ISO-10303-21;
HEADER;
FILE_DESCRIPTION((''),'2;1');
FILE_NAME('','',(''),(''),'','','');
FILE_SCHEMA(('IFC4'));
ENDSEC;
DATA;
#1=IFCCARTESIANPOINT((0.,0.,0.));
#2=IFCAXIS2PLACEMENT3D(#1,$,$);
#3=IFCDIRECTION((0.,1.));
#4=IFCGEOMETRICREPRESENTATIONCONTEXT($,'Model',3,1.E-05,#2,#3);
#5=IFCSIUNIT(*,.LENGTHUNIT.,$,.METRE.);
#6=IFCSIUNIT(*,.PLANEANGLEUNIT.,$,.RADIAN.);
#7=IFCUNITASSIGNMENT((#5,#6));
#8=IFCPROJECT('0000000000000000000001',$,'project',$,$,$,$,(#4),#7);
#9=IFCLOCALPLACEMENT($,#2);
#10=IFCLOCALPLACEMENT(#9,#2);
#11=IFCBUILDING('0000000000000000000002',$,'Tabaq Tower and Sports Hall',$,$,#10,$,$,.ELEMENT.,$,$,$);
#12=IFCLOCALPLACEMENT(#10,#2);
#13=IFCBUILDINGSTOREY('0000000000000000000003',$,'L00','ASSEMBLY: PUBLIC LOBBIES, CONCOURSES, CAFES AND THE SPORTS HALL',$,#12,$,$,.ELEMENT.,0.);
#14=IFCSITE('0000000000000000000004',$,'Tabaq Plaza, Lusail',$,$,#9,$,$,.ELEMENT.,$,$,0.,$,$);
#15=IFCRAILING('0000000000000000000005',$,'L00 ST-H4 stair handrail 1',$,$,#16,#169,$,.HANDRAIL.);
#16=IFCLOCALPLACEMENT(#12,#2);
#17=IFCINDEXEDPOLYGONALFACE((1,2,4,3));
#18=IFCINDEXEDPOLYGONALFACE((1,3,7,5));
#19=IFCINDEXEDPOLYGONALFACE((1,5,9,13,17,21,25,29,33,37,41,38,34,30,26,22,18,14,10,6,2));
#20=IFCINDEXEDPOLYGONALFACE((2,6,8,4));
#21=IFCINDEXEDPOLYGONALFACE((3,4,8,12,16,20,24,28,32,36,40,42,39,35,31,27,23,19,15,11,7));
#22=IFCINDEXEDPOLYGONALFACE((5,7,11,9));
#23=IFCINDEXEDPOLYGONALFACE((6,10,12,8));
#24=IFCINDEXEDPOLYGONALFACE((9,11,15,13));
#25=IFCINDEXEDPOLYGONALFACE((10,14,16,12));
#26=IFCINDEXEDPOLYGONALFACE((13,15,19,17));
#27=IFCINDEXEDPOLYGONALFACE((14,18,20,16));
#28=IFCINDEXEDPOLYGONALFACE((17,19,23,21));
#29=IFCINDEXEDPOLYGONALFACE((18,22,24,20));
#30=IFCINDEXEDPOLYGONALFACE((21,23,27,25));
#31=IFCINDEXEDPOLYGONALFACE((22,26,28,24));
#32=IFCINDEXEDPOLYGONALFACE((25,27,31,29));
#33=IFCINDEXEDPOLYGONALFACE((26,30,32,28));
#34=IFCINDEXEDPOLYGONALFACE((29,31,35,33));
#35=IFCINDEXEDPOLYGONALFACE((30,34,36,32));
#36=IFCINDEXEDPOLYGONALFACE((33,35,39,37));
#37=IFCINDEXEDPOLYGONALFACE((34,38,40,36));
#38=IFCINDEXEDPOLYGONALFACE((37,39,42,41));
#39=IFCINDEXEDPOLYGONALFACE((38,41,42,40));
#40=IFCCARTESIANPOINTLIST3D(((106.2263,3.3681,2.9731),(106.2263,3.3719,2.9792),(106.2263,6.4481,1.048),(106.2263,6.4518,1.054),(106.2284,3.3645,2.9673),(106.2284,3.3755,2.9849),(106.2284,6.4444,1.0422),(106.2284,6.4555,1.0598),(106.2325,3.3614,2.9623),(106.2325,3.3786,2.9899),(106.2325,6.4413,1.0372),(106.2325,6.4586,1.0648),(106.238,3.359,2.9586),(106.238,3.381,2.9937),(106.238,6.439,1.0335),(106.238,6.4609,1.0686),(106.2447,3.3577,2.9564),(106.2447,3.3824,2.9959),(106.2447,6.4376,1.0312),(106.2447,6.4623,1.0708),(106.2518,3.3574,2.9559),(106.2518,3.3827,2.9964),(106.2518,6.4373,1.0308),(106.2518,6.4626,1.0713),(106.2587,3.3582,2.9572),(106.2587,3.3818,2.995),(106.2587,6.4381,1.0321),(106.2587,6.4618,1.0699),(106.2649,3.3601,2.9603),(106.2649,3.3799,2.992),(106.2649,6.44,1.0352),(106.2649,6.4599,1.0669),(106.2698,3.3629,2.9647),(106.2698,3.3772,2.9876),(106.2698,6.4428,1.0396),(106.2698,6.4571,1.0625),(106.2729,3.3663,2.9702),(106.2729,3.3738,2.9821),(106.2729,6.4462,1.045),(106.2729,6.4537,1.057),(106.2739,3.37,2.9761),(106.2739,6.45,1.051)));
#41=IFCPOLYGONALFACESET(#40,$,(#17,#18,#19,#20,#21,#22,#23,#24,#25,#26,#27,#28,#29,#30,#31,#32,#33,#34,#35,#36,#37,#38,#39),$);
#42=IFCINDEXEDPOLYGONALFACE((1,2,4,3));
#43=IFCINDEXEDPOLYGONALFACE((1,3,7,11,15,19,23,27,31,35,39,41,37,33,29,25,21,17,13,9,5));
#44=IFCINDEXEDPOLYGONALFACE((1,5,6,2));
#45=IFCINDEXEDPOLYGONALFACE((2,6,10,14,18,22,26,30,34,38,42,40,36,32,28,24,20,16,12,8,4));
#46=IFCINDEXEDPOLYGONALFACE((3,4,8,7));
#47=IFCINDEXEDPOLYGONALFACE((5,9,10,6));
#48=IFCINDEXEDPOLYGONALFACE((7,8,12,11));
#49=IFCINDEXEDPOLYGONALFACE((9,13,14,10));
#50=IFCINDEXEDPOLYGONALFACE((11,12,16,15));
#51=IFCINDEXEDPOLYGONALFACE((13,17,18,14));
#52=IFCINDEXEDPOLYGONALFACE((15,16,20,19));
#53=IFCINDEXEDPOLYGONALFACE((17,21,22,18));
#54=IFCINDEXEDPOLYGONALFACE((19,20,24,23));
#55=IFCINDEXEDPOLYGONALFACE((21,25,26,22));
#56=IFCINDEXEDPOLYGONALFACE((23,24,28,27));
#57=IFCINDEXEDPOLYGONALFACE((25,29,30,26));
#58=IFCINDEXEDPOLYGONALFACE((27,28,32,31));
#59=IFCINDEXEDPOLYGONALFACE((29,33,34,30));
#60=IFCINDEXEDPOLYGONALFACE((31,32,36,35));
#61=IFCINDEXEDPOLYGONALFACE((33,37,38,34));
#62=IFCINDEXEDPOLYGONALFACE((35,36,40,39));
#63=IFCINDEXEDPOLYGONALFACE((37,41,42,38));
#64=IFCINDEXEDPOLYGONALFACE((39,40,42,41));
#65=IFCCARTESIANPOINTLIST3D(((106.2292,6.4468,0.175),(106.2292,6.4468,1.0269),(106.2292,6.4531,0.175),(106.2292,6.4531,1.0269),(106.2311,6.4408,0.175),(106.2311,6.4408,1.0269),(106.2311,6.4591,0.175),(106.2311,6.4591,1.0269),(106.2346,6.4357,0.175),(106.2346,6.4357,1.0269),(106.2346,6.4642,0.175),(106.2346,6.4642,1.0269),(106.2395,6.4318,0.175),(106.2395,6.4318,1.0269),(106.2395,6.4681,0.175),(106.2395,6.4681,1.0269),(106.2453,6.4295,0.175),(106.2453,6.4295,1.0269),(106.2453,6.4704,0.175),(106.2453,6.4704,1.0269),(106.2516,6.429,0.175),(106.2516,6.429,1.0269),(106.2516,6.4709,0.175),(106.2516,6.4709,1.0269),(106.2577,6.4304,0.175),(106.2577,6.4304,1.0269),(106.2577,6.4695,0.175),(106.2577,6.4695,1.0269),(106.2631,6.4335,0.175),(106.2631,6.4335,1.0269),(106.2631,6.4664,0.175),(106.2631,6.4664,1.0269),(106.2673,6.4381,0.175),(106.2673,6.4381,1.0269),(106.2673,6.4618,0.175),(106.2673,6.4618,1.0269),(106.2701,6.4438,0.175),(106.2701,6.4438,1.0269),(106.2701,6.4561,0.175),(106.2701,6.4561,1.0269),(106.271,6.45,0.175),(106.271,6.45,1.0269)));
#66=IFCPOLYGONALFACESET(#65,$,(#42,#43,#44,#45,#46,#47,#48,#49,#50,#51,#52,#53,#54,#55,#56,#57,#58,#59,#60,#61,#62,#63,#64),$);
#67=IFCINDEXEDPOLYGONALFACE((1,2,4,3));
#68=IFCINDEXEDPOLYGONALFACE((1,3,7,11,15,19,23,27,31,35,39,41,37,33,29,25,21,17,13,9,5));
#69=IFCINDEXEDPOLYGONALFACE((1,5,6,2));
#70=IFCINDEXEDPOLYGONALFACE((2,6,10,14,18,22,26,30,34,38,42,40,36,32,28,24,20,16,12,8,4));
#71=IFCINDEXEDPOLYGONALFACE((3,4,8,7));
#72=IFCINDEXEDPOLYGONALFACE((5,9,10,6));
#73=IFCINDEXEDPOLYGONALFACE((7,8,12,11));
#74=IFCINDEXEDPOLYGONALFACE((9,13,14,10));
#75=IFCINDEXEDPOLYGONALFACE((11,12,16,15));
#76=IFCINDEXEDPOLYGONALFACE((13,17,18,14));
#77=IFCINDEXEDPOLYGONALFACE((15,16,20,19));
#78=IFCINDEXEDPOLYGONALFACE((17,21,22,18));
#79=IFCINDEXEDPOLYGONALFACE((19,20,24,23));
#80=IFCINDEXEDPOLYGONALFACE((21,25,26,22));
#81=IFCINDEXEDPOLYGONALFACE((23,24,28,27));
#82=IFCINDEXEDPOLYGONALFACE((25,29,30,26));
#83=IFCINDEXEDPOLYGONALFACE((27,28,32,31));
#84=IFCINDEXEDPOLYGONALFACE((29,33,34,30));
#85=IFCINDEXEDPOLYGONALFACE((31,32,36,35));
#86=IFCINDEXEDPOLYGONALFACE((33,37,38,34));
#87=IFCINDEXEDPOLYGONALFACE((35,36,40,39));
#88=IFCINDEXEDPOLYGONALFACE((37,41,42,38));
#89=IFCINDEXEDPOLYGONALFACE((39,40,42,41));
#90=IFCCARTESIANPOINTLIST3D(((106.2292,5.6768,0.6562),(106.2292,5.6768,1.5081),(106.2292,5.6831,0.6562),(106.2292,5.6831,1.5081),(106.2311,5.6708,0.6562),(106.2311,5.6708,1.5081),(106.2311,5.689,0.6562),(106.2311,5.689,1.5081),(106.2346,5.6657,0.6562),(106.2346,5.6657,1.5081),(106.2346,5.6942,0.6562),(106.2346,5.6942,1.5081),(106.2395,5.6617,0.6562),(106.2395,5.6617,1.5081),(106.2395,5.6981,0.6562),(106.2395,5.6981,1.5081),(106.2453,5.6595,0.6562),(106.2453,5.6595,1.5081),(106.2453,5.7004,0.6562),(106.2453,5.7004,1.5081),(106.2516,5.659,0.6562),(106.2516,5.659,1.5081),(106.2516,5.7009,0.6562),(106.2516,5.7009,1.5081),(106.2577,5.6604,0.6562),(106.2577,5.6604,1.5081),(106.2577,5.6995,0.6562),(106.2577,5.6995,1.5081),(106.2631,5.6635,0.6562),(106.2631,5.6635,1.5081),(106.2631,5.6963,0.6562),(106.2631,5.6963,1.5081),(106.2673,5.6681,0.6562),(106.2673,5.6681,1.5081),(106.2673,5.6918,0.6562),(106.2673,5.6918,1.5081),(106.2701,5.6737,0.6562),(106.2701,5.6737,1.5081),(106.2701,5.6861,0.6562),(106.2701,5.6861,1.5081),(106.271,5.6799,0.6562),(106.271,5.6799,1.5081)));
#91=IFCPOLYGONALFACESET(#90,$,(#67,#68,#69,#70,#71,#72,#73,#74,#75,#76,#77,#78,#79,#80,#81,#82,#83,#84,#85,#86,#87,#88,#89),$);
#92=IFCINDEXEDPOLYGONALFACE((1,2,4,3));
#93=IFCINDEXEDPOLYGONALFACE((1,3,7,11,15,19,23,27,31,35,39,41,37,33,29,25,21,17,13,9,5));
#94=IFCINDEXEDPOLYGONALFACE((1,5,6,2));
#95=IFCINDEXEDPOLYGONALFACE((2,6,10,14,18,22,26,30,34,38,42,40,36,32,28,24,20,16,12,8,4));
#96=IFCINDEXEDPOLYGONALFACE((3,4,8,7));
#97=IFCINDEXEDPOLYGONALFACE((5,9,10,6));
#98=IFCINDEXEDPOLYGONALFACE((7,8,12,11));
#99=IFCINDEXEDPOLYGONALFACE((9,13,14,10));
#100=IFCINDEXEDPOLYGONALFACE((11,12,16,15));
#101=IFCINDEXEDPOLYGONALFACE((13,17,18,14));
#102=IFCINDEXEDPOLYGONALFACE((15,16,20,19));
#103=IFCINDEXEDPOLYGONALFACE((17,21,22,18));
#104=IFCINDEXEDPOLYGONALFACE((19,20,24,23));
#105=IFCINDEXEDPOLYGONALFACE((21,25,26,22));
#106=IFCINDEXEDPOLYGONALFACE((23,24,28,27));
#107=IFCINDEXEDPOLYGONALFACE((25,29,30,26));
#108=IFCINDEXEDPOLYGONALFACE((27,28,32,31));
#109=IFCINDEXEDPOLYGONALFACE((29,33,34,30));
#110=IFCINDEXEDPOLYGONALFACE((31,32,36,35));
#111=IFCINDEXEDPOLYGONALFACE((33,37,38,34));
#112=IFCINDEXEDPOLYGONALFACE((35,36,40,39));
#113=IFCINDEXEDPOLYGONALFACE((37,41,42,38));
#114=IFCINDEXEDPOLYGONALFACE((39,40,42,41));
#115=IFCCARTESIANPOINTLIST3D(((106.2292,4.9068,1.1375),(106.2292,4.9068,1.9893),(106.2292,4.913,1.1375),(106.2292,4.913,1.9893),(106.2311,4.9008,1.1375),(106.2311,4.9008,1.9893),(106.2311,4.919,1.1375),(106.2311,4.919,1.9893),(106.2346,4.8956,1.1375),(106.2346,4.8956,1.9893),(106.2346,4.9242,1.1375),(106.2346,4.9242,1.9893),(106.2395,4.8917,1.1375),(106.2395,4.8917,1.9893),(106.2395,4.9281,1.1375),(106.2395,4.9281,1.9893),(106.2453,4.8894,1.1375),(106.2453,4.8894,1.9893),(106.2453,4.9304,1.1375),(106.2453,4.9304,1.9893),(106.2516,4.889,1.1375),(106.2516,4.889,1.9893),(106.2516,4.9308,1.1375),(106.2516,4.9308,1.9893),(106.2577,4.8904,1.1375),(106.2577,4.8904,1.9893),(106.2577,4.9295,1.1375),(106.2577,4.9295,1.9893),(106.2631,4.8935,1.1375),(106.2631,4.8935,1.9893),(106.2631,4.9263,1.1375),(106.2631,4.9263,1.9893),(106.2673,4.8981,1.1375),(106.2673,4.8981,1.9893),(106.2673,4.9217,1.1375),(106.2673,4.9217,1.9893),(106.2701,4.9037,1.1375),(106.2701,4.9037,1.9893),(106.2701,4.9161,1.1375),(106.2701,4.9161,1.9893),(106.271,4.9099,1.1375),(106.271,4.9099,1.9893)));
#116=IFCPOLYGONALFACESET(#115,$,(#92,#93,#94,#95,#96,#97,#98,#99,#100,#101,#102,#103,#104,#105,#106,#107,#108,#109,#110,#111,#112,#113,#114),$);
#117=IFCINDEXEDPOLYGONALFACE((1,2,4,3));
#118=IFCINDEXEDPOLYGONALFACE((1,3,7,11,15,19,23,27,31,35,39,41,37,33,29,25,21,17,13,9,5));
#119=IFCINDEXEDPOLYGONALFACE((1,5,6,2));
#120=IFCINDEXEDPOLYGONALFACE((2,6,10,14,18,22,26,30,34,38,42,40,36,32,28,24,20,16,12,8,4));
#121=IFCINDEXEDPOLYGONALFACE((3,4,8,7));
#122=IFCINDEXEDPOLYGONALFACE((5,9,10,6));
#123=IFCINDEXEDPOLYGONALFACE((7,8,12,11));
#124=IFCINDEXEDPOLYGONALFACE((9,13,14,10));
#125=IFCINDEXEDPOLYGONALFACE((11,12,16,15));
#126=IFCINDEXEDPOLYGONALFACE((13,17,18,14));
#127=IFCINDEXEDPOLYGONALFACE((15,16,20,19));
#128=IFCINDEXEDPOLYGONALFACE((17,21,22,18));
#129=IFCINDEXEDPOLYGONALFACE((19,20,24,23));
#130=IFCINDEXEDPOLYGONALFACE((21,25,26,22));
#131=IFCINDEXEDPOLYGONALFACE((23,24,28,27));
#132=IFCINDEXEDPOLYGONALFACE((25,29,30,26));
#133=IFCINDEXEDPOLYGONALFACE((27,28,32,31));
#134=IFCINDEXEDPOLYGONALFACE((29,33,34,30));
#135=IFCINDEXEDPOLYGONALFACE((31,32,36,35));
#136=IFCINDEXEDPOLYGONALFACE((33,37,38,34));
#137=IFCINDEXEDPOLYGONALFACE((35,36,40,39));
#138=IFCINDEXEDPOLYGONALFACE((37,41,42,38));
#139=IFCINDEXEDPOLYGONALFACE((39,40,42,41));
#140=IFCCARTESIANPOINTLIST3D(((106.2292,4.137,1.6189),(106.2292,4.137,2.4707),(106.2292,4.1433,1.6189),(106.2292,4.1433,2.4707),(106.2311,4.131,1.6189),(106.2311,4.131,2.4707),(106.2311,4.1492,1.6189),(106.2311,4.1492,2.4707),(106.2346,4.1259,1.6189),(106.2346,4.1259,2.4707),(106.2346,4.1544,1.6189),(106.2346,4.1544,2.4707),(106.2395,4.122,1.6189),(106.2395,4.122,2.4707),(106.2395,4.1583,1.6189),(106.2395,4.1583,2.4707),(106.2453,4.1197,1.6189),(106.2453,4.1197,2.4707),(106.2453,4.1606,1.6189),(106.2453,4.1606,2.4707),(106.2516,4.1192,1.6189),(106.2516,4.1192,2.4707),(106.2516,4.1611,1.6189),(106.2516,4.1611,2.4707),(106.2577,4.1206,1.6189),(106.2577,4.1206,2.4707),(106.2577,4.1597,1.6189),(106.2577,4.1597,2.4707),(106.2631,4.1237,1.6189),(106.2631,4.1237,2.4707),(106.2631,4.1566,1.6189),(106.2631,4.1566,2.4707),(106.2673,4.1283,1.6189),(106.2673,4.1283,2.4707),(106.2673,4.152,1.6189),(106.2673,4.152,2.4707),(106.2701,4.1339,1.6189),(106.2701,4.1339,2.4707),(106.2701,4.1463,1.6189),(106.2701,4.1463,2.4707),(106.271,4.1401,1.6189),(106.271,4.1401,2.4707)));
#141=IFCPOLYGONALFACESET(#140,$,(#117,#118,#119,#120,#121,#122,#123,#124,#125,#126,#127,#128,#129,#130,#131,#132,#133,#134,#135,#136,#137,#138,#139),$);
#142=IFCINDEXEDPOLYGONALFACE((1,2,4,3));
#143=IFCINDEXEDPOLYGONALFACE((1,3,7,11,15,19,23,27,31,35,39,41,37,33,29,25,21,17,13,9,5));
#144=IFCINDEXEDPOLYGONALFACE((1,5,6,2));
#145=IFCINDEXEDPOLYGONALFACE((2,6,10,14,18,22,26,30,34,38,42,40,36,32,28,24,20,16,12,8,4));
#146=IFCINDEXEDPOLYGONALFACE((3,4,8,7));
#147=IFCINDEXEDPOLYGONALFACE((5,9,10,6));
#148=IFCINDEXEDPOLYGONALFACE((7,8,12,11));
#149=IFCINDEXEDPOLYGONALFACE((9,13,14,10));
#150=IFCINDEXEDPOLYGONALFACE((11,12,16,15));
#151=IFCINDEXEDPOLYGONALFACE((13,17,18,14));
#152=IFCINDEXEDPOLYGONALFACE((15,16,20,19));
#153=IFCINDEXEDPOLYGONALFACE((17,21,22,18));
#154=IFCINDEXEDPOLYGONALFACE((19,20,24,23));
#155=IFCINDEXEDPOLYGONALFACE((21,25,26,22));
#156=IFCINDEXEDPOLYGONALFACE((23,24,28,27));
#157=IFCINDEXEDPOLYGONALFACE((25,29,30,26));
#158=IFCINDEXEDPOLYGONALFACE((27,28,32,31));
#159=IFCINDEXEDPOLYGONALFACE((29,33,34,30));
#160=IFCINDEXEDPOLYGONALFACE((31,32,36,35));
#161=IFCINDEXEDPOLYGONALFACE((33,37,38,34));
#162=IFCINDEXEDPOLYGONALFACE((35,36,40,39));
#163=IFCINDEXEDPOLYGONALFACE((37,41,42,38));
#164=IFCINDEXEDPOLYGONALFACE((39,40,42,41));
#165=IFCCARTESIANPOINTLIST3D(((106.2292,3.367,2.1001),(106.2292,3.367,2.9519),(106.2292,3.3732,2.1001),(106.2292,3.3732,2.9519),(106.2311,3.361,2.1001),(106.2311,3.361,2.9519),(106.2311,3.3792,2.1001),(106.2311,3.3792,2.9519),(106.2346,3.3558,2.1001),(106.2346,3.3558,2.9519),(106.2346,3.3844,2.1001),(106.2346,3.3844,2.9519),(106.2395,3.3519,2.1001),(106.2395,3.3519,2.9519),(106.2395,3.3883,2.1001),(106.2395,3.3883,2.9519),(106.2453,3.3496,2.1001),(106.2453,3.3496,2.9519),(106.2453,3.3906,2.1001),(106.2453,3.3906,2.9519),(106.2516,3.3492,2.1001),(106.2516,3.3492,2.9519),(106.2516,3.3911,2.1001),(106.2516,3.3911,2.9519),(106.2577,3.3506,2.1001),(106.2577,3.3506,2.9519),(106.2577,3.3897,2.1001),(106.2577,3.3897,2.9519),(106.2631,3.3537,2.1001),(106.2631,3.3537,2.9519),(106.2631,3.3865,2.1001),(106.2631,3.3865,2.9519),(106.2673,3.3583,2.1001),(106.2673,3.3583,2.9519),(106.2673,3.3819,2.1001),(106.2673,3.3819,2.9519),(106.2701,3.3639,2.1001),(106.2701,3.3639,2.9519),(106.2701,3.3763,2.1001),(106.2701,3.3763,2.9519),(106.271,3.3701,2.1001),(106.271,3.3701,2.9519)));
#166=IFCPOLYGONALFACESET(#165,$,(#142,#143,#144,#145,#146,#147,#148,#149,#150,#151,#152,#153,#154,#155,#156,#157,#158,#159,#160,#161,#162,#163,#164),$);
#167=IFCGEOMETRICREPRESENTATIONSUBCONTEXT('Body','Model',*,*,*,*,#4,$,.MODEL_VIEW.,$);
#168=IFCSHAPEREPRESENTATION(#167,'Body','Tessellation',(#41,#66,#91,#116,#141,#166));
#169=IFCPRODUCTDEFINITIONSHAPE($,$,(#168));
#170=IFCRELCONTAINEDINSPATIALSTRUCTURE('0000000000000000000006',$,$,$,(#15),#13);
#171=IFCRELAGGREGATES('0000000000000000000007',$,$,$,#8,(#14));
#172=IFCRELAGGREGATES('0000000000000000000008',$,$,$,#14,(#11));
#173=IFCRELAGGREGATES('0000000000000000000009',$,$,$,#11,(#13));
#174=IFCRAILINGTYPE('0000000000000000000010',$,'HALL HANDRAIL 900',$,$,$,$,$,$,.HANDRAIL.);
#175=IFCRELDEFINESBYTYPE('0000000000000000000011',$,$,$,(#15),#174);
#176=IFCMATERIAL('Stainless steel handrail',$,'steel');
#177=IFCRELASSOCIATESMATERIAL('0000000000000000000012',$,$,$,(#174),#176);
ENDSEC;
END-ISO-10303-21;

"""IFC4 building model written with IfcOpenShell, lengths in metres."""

from ifc_helpers import new_model, si_unit, direction, frame, origin, origin_2d, place, context, subcontext, project, spatial, circle, extrude, material, type_object, element, save


model = new_model("IFC4")

# Units and contexts
model_context = context("Model", 3, precision=1e-05, world=origin(), true_north=direction((0.0, 1.0)))
body_context = subcontext(model_context, "Body", "Model", "MODEL_VIEW")
ifc_project = project(units=[si_unit("LENGTHUNIT", "METRE"), si_unit("PLANEANGLEUNIT", "RADIAN")], contexts=[model_context])

# Site, building, storey
site_placement = place(None, origin())
site = spatial("IfcSite", under=ifc_project, at=site_placement, Name="Tabaq Plaza, Lusail", CompositionType="ELEMENT", RefElevation=0.0)
building_placement = place(site_placement, origin())
building = spatial("IfcBuilding", under=site, at=building_placement, Name="Tabaq Tower and Sports Hall", CompositionType="ELEMENT")
storey_placement = place(building_placement, origin())
storey = spatial("IfcBuildingStorey", under=building, at=storey_placement, Name="L00", Description="ASSEMBLY: PUBLIC LOBBIES, CONCOURSES, CAFES AND THE SPORTS HALL", CompositionType="ELEMENT", Elevation=0.0)

# Railing
ifc_material_1 = material(Name="Stainless steel handrail", Category="steel")
railing_type_1 = type_object("IfcRailingType", Name="HALL HANDRAIL 900", PredefinedType="HANDRAIL", material=ifc_material_1)
railing_1_placement = place(storey_placement, frame((106.25, 6.45, 0.175)))
element("IfcRailing", 1, at=railing_1_placement, inside=storey, type_object=railing_type_1, Name="L00 ST-H4 stair handrail 1", PredefinedType="HANDRAIL", context=body_context, shape_type="SweptSolid", body=[
    extrude(circle(Radius=0.0239, at=origin_2d()), frame((0.0, 0.0, 0.876), z_axis=(0.0, -0.847979, 0.530029), x_axis=(1.0, 0.0, 0.0)), (0.0, 0.0, 1.0), 3.6321),
    extrude(circle(Radius=0.021, at=origin_2d()), origin(), (0.0, 0.0, 1.0), 0.8518),
    extrude(circle(Radius=0.021, at=origin_2d()), frame((0.0, -0.77, 0.4812)), (0.0, 0.0, 1.0), 0.8518),
    extrude(circle(Radius=0.021, at=origin_2d()), frame((0.0, -1.54, 0.9624)), (0.0, 0.0, 1.0), 0.8518),
    extrude(circle(Radius=0.021, at=origin_2d()), frame((0.0, -2.3098, 1.4438)), (0.0, 0.0, 1.0), 0.8518),
    extrude(circle(Radius=0.021, at=origin_2d()), frame((0.0, -3.0798, 1.925)), (0.0, 0.0, 1.0), 0.8518),
])

save(model, "model.ifc")
